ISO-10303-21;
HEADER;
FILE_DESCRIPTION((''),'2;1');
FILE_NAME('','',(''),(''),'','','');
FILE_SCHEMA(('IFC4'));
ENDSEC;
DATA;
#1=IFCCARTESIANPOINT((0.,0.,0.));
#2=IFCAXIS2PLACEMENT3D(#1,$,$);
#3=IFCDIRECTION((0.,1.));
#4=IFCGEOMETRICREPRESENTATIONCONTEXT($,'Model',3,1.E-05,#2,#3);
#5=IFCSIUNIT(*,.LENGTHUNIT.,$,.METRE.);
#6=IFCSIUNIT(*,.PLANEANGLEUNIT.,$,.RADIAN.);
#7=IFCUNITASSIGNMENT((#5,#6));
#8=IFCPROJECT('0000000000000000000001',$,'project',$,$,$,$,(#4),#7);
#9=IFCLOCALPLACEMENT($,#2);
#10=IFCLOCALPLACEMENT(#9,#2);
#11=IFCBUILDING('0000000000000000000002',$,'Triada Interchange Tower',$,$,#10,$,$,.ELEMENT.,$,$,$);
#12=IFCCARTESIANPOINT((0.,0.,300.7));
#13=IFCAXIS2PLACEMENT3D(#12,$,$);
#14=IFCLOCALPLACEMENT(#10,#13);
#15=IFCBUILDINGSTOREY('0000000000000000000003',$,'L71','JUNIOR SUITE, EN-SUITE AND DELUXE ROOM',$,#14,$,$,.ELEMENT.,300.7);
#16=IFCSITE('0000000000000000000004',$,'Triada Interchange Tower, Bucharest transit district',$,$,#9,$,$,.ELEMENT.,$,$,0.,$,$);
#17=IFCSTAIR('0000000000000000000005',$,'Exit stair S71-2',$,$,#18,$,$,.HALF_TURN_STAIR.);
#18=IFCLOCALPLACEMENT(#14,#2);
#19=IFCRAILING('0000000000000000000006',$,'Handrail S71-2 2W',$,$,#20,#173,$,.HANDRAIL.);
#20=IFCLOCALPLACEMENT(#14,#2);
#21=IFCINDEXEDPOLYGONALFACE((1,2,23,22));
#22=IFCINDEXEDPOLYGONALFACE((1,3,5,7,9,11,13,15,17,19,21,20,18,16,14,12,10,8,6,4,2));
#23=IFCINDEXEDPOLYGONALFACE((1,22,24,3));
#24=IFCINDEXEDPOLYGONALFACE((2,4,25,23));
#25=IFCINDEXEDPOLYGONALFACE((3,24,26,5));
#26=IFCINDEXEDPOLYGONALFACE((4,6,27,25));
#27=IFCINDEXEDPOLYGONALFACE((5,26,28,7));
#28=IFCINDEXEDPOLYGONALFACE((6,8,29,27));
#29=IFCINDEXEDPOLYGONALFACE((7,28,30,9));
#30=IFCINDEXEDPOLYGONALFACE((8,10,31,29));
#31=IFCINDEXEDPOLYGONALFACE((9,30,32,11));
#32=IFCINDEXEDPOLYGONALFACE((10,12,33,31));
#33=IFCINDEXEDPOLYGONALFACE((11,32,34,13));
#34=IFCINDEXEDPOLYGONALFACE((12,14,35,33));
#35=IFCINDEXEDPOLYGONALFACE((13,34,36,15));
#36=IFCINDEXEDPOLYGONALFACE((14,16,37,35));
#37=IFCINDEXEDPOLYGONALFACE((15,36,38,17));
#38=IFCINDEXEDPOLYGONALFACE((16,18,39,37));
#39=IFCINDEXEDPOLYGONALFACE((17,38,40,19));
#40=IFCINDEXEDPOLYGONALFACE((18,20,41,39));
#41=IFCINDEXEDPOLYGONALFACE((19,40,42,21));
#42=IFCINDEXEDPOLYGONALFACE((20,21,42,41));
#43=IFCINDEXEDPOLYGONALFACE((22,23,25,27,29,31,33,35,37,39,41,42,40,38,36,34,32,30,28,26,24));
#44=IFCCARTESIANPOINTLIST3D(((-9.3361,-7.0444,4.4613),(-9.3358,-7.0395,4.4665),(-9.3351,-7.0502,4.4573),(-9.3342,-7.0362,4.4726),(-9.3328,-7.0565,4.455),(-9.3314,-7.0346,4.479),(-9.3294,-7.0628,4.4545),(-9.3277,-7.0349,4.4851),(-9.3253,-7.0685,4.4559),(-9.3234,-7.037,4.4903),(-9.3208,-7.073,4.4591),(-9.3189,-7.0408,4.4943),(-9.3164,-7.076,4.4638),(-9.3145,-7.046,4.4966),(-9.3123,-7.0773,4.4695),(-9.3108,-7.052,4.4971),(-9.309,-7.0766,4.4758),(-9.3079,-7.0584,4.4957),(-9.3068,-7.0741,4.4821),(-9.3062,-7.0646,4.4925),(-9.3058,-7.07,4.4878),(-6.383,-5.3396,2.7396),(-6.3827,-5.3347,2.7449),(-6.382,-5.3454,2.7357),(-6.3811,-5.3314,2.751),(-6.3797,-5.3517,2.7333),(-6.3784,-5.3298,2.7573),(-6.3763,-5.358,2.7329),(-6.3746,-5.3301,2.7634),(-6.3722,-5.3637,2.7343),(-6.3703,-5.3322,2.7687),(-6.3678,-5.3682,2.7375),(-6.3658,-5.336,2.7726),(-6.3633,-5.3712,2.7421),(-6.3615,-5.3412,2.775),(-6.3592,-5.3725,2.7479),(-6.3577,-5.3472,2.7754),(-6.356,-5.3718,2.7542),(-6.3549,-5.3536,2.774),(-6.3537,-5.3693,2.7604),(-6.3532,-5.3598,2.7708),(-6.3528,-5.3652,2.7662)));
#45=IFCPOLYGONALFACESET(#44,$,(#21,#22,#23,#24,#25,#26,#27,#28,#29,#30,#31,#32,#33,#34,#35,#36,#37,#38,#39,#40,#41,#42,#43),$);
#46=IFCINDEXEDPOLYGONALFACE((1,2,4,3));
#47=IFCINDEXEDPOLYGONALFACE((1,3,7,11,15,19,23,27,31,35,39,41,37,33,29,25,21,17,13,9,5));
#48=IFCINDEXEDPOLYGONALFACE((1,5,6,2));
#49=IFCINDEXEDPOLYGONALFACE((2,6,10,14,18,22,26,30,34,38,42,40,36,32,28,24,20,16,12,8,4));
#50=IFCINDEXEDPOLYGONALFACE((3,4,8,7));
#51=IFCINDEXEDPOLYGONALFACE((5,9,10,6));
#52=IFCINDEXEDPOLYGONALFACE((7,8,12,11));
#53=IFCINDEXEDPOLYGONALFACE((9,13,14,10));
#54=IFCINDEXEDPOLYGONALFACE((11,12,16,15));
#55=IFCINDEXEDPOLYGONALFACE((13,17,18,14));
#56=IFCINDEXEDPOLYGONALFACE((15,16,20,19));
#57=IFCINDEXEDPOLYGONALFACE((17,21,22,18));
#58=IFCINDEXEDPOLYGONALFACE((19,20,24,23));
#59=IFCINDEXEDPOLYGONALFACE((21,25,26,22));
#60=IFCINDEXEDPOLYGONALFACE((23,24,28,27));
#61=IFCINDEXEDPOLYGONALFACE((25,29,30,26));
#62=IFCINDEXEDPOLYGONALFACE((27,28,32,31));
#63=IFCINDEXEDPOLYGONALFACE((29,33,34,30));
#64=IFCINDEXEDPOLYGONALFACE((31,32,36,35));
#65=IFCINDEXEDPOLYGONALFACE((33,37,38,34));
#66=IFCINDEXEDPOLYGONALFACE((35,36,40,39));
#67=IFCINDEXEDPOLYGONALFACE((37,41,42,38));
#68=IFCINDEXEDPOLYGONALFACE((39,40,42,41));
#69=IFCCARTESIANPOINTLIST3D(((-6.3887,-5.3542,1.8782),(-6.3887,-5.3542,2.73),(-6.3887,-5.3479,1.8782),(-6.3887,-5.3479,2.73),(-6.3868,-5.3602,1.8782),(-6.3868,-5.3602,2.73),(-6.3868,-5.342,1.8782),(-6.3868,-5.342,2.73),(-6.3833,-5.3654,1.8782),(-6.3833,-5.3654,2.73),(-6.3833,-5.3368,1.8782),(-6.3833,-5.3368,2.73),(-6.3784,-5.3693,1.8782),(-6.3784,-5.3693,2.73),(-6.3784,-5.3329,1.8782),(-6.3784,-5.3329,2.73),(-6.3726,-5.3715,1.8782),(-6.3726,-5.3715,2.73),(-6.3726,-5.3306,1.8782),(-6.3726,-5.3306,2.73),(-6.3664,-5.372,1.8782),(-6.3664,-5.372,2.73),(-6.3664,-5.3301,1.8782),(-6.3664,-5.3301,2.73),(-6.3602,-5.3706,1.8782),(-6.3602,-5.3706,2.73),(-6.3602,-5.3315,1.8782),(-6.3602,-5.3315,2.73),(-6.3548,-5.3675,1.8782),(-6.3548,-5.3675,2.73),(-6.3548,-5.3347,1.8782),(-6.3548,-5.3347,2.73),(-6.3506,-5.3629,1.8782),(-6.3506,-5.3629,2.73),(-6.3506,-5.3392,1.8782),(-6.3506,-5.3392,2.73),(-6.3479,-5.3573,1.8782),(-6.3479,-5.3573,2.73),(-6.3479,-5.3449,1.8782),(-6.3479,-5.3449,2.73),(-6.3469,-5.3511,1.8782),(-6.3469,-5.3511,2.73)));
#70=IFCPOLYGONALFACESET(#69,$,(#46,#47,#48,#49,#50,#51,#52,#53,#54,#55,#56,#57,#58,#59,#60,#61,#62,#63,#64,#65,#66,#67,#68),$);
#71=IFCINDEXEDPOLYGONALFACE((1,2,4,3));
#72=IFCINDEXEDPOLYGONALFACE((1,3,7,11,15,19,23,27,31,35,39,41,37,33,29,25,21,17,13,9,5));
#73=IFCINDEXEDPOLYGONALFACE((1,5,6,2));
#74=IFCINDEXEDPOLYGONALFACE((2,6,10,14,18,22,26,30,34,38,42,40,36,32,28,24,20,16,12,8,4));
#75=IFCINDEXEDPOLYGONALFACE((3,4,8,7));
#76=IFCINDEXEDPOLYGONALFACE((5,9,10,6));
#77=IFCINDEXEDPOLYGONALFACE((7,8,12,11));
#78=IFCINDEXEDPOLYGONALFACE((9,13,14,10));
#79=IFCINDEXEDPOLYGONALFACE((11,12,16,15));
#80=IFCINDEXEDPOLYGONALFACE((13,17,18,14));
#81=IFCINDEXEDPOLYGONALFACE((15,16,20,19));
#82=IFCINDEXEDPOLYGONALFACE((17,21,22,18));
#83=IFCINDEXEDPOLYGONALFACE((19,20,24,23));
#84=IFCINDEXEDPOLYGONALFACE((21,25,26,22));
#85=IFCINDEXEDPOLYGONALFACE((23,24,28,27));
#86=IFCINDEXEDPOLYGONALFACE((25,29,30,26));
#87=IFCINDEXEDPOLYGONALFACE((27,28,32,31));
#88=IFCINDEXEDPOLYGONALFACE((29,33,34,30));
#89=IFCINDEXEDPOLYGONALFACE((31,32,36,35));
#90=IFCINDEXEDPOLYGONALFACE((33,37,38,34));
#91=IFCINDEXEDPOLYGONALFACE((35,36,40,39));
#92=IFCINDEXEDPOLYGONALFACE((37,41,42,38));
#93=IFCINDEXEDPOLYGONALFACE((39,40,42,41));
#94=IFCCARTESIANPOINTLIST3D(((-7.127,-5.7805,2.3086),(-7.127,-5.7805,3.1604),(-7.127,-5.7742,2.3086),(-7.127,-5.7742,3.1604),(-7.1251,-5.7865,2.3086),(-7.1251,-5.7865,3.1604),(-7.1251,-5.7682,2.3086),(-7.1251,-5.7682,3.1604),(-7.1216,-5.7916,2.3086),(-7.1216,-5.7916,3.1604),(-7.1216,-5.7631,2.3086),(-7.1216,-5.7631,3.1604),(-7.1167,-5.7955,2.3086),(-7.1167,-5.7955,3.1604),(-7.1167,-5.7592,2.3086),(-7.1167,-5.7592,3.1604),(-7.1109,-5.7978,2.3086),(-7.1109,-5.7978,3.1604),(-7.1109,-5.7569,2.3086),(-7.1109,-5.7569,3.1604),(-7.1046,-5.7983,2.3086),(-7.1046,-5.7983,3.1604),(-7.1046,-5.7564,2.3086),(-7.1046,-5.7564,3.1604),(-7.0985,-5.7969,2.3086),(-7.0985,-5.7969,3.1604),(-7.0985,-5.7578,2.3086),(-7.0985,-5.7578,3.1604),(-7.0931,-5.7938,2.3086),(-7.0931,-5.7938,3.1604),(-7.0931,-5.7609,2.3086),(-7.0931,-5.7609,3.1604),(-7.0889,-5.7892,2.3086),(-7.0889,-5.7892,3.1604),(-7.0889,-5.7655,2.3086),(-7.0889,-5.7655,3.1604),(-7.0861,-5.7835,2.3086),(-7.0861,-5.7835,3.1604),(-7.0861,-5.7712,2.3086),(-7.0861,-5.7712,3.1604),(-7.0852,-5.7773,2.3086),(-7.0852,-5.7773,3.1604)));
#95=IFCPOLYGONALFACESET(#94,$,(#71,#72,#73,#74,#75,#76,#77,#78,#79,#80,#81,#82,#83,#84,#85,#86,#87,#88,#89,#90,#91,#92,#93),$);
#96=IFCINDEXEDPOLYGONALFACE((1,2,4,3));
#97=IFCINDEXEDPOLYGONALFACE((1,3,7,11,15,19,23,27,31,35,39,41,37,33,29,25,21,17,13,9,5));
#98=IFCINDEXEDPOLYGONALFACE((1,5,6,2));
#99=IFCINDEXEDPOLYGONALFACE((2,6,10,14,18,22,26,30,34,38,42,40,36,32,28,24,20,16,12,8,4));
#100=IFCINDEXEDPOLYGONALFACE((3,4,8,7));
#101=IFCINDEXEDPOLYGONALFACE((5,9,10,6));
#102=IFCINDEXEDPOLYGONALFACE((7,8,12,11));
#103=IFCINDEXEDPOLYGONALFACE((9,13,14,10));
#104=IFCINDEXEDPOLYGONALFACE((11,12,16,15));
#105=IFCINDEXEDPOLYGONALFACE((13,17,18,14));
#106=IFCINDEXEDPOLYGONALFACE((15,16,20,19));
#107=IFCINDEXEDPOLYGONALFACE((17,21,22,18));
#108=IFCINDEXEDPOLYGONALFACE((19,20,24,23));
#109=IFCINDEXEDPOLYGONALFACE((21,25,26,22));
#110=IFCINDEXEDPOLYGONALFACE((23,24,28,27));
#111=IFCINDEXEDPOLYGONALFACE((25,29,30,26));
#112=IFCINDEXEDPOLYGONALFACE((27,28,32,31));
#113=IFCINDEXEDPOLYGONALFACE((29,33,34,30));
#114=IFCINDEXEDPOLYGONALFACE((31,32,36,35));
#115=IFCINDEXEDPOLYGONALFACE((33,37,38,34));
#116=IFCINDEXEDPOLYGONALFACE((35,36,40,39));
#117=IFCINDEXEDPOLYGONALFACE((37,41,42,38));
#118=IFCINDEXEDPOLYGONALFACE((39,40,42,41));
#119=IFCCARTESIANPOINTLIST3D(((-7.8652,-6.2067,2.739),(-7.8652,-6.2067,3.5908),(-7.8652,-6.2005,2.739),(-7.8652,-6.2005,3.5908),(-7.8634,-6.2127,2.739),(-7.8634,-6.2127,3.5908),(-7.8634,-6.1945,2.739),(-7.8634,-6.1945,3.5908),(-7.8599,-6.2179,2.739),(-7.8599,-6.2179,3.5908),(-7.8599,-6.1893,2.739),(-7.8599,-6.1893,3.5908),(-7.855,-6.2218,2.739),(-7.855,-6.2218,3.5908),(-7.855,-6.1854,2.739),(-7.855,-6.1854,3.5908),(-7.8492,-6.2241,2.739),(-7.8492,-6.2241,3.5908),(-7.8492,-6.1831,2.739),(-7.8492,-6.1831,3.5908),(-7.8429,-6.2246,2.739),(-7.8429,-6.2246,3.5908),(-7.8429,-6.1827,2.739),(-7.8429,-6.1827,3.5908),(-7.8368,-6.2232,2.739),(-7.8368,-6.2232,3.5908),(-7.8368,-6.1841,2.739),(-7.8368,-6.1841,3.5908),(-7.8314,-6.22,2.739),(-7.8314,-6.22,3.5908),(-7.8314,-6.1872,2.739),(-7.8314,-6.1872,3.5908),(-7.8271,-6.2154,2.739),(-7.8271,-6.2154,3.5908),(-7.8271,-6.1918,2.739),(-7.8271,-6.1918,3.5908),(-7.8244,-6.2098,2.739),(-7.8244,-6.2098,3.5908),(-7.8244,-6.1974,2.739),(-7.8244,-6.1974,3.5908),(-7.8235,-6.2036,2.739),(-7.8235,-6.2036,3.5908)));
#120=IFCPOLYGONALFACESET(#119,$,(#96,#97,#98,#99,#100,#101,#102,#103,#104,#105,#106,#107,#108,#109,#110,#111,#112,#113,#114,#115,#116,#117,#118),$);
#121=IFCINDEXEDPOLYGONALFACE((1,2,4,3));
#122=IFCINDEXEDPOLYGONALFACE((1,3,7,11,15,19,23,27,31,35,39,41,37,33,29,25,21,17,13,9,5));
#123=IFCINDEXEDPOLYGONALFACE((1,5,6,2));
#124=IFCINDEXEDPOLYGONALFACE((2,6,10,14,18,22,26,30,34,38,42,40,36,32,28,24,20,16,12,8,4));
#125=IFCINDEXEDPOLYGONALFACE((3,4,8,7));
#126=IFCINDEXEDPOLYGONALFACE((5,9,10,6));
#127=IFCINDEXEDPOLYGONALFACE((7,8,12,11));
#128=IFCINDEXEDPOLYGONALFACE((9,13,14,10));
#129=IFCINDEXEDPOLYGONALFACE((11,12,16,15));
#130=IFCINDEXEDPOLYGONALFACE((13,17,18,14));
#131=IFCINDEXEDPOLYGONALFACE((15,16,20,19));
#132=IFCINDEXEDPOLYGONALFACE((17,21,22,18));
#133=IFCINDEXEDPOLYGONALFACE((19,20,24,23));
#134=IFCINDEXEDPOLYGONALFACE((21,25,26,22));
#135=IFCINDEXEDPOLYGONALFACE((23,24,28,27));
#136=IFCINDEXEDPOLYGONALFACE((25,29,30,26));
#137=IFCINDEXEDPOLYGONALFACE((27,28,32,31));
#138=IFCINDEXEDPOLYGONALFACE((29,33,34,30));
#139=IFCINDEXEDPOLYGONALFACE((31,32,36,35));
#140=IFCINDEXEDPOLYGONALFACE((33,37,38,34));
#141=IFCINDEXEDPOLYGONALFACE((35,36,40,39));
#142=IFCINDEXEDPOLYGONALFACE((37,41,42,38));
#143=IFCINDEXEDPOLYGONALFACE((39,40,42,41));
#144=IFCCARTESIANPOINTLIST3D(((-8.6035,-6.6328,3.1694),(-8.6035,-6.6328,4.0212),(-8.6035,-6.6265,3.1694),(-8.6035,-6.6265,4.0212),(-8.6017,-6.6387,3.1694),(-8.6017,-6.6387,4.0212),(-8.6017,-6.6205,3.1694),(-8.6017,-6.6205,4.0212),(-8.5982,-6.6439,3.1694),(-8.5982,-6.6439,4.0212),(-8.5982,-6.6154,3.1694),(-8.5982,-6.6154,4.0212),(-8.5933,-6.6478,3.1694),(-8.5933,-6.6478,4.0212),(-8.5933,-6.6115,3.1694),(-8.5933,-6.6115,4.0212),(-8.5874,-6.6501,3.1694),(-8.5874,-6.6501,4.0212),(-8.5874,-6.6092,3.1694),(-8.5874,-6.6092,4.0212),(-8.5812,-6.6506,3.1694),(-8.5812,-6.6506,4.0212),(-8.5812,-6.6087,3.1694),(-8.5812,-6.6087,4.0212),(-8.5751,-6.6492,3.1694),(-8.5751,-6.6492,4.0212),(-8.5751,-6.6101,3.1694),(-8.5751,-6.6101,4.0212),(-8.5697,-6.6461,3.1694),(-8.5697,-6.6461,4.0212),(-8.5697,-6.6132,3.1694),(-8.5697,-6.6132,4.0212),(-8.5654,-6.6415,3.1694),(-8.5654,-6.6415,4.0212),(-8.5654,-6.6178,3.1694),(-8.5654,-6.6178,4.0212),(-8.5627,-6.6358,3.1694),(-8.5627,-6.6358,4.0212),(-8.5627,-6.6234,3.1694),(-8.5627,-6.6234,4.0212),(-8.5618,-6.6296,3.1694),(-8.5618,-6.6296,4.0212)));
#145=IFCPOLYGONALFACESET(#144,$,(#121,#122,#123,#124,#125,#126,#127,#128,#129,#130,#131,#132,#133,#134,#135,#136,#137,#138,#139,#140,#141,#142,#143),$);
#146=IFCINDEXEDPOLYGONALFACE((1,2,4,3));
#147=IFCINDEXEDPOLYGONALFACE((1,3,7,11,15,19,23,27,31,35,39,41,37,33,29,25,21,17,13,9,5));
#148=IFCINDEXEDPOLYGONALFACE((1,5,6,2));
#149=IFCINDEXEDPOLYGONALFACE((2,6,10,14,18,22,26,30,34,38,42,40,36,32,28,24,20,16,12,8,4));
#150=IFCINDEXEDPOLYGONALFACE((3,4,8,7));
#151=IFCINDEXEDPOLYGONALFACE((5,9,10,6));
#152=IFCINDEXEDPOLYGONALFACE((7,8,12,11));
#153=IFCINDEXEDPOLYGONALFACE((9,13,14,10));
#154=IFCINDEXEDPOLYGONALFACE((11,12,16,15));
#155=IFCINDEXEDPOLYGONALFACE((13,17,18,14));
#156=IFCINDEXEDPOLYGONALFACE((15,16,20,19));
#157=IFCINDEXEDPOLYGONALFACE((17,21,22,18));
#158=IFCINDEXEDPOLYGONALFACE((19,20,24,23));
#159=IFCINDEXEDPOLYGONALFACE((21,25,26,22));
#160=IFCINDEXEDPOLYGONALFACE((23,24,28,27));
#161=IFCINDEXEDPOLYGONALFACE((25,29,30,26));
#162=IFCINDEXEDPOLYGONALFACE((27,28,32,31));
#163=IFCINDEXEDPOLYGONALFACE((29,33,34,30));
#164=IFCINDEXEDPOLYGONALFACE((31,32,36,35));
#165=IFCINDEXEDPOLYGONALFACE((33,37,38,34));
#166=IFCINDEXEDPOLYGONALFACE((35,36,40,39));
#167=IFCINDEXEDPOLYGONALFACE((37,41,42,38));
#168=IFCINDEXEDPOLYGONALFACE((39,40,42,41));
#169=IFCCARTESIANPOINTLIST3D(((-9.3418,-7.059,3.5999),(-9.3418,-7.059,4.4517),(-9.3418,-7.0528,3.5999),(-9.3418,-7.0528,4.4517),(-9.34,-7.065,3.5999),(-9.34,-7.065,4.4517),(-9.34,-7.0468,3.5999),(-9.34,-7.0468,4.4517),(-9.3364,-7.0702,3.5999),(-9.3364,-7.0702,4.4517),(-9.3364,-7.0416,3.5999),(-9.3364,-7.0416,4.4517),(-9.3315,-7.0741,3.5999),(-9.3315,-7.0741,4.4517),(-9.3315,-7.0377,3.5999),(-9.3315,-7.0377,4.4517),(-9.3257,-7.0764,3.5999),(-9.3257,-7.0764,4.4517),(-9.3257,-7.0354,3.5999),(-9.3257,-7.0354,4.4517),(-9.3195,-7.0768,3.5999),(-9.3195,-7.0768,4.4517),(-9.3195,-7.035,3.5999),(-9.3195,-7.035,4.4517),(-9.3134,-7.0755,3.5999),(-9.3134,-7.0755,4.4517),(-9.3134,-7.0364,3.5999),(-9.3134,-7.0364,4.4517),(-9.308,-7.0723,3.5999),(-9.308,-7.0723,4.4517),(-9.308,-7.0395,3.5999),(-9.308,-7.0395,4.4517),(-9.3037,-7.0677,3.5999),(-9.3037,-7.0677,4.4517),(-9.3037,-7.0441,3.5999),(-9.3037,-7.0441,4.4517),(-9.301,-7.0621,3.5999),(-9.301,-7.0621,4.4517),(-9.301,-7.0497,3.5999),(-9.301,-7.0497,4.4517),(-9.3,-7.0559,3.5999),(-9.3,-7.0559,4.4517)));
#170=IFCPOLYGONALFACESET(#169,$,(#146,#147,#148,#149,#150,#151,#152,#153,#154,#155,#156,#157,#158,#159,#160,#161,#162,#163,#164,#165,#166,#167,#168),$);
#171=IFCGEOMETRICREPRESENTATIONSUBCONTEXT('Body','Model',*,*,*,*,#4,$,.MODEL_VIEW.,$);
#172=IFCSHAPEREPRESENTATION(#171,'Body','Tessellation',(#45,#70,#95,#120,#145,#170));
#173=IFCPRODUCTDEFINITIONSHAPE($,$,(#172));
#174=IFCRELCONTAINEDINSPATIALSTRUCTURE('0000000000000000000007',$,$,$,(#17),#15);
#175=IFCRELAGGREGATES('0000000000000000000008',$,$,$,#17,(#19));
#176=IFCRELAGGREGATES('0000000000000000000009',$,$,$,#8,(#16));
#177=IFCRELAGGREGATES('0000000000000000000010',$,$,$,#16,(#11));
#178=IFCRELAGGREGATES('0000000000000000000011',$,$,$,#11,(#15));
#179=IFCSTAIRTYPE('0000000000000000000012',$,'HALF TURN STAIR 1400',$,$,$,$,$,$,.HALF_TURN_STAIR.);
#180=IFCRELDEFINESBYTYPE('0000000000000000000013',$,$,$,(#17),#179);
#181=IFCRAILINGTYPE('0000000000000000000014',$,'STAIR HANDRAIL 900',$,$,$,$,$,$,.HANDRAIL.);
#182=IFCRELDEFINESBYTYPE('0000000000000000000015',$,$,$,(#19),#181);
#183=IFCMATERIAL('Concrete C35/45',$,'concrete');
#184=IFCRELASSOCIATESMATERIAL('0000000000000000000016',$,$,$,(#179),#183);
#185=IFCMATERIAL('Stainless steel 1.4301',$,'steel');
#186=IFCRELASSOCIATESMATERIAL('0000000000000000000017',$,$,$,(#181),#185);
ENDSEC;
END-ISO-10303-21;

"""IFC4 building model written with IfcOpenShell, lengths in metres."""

from ifc_helpers import new_model, si_unit, direction, frame, origin, origin_2d, place, context, subcontext, project, spatial, circle, extrude, material, type_object, element, aggregate, save


model = new_model("IFC4")

# Units and contexts
model_context = context("Model", 3, precision=1e-05, world=origin(), true_north=direction((0.0, 1.0)))
body_context = subcontext(model_context, "Body", "Model", "MODEL_VIEW")
ifc_project = project(units=[si_unit("LENGTHUNIT", "METRE"), si_unit("PLANEANGLEUNIT", "RADIAN")], contexts=[model_context])

# Site, building, storey
site_placement = place(None, origin())
site = spatial("IfcSite", under=ifc_project, at=site_placement, Name="Triada Interchange Tower, Bucharest transit district", CompositionType="ELEMENT", RefElevation=0.0)
building_placement = place(site_placement, origin())
building = spatial("IfcBuilding", under=site, at=building_placement, Name="Triada Interchange Tower", CompositionType="ELEMENT")
storey_placement = place(building_placement, frame((0.0, 0.0, 300.7)))
storey = spatial("IfcBuildingStorey", under=building, at=storey_placement, Name="L71", Description="JUNIOR SUITE, EN-SUITE AND DELUXE ROOM", CompositionType="ELEMENT", Elevation=300.7)

# Stair, railing
ifc_material_1 = material(Name="Concrete C35/45", Category="concrete")
stair_type = type_object("IfcStairType", Name="HALF TURN STAIR 1400", PredefinedType="HALF_TURN_STAIR", material=ifc_material_1)
stair_placement = place(storey_placement, origin())
stair = element("IfcStair", 1, at=stair_placement, inside=storey, type_object=stair_type, Name="Exit stair S71-2", PredefinedType="HALF_TURN_STAIR")
ifc_material_2 = material(Name="Stainless steel 1.4301", Category="steel")
railing_type = type_object("IfcRailingType", Name="STAIR HANDRAIL 900", PredefinedType="HANDRAIL", material=ifc_material_2)
railing_1_placement = place(storey_placement, frame((-6.3679, -5.3511, 1.8782)))
railing_1 = element("IfcRailing", 2, at=railing_1_placement, type_object=railing_type, Name="Handrail S71-2 2W", PredefinedType="HANDRAIL", context=body_context, shape_type="SweptSolid", body=[
    extrude(circle(Radius=0.0239, at=origin_2d()), frame((0.0, 0.0, 0.876), z_axis=(-0.773091, -0.446304, 0.450714), x_axis=(0.499966, -0.866045, 0.0)), (0.0, 0.0, 1.0), 3.8198),
    extrude(circle(Radius=0.021, at=origin_2d()), origin(), (0.0, 0.0, 1.0), 0.8518),
    extrude(circle(Radius=0.021, at=origin_2d()), frame((-0.7383, -0.4263, 0.4304)), (0.0, 0.0, 1.0), 0.8518),
    extrude(circle(Radius=0.021, at=origin_2d()), frame((-1.4766, -0.8525, 0.8608)), (0.0, 0.0, 1.0), 0.8518),
    extrude(circle(Radius=0.021, at=origin_2d()), frame((-2.2148, -1.2786, 1.2913)), (0.0, 0.0, 1.0), 0.8518),
    extrude(circle(Radius=0.021, at=origin_2d()), frame((-2.9531, -1.7048, 1.7217)), (0.0, 0.0, 1.0), 0.8518),
])
aggregate(stair, [railing_1])

save(model, "model.ifc")
